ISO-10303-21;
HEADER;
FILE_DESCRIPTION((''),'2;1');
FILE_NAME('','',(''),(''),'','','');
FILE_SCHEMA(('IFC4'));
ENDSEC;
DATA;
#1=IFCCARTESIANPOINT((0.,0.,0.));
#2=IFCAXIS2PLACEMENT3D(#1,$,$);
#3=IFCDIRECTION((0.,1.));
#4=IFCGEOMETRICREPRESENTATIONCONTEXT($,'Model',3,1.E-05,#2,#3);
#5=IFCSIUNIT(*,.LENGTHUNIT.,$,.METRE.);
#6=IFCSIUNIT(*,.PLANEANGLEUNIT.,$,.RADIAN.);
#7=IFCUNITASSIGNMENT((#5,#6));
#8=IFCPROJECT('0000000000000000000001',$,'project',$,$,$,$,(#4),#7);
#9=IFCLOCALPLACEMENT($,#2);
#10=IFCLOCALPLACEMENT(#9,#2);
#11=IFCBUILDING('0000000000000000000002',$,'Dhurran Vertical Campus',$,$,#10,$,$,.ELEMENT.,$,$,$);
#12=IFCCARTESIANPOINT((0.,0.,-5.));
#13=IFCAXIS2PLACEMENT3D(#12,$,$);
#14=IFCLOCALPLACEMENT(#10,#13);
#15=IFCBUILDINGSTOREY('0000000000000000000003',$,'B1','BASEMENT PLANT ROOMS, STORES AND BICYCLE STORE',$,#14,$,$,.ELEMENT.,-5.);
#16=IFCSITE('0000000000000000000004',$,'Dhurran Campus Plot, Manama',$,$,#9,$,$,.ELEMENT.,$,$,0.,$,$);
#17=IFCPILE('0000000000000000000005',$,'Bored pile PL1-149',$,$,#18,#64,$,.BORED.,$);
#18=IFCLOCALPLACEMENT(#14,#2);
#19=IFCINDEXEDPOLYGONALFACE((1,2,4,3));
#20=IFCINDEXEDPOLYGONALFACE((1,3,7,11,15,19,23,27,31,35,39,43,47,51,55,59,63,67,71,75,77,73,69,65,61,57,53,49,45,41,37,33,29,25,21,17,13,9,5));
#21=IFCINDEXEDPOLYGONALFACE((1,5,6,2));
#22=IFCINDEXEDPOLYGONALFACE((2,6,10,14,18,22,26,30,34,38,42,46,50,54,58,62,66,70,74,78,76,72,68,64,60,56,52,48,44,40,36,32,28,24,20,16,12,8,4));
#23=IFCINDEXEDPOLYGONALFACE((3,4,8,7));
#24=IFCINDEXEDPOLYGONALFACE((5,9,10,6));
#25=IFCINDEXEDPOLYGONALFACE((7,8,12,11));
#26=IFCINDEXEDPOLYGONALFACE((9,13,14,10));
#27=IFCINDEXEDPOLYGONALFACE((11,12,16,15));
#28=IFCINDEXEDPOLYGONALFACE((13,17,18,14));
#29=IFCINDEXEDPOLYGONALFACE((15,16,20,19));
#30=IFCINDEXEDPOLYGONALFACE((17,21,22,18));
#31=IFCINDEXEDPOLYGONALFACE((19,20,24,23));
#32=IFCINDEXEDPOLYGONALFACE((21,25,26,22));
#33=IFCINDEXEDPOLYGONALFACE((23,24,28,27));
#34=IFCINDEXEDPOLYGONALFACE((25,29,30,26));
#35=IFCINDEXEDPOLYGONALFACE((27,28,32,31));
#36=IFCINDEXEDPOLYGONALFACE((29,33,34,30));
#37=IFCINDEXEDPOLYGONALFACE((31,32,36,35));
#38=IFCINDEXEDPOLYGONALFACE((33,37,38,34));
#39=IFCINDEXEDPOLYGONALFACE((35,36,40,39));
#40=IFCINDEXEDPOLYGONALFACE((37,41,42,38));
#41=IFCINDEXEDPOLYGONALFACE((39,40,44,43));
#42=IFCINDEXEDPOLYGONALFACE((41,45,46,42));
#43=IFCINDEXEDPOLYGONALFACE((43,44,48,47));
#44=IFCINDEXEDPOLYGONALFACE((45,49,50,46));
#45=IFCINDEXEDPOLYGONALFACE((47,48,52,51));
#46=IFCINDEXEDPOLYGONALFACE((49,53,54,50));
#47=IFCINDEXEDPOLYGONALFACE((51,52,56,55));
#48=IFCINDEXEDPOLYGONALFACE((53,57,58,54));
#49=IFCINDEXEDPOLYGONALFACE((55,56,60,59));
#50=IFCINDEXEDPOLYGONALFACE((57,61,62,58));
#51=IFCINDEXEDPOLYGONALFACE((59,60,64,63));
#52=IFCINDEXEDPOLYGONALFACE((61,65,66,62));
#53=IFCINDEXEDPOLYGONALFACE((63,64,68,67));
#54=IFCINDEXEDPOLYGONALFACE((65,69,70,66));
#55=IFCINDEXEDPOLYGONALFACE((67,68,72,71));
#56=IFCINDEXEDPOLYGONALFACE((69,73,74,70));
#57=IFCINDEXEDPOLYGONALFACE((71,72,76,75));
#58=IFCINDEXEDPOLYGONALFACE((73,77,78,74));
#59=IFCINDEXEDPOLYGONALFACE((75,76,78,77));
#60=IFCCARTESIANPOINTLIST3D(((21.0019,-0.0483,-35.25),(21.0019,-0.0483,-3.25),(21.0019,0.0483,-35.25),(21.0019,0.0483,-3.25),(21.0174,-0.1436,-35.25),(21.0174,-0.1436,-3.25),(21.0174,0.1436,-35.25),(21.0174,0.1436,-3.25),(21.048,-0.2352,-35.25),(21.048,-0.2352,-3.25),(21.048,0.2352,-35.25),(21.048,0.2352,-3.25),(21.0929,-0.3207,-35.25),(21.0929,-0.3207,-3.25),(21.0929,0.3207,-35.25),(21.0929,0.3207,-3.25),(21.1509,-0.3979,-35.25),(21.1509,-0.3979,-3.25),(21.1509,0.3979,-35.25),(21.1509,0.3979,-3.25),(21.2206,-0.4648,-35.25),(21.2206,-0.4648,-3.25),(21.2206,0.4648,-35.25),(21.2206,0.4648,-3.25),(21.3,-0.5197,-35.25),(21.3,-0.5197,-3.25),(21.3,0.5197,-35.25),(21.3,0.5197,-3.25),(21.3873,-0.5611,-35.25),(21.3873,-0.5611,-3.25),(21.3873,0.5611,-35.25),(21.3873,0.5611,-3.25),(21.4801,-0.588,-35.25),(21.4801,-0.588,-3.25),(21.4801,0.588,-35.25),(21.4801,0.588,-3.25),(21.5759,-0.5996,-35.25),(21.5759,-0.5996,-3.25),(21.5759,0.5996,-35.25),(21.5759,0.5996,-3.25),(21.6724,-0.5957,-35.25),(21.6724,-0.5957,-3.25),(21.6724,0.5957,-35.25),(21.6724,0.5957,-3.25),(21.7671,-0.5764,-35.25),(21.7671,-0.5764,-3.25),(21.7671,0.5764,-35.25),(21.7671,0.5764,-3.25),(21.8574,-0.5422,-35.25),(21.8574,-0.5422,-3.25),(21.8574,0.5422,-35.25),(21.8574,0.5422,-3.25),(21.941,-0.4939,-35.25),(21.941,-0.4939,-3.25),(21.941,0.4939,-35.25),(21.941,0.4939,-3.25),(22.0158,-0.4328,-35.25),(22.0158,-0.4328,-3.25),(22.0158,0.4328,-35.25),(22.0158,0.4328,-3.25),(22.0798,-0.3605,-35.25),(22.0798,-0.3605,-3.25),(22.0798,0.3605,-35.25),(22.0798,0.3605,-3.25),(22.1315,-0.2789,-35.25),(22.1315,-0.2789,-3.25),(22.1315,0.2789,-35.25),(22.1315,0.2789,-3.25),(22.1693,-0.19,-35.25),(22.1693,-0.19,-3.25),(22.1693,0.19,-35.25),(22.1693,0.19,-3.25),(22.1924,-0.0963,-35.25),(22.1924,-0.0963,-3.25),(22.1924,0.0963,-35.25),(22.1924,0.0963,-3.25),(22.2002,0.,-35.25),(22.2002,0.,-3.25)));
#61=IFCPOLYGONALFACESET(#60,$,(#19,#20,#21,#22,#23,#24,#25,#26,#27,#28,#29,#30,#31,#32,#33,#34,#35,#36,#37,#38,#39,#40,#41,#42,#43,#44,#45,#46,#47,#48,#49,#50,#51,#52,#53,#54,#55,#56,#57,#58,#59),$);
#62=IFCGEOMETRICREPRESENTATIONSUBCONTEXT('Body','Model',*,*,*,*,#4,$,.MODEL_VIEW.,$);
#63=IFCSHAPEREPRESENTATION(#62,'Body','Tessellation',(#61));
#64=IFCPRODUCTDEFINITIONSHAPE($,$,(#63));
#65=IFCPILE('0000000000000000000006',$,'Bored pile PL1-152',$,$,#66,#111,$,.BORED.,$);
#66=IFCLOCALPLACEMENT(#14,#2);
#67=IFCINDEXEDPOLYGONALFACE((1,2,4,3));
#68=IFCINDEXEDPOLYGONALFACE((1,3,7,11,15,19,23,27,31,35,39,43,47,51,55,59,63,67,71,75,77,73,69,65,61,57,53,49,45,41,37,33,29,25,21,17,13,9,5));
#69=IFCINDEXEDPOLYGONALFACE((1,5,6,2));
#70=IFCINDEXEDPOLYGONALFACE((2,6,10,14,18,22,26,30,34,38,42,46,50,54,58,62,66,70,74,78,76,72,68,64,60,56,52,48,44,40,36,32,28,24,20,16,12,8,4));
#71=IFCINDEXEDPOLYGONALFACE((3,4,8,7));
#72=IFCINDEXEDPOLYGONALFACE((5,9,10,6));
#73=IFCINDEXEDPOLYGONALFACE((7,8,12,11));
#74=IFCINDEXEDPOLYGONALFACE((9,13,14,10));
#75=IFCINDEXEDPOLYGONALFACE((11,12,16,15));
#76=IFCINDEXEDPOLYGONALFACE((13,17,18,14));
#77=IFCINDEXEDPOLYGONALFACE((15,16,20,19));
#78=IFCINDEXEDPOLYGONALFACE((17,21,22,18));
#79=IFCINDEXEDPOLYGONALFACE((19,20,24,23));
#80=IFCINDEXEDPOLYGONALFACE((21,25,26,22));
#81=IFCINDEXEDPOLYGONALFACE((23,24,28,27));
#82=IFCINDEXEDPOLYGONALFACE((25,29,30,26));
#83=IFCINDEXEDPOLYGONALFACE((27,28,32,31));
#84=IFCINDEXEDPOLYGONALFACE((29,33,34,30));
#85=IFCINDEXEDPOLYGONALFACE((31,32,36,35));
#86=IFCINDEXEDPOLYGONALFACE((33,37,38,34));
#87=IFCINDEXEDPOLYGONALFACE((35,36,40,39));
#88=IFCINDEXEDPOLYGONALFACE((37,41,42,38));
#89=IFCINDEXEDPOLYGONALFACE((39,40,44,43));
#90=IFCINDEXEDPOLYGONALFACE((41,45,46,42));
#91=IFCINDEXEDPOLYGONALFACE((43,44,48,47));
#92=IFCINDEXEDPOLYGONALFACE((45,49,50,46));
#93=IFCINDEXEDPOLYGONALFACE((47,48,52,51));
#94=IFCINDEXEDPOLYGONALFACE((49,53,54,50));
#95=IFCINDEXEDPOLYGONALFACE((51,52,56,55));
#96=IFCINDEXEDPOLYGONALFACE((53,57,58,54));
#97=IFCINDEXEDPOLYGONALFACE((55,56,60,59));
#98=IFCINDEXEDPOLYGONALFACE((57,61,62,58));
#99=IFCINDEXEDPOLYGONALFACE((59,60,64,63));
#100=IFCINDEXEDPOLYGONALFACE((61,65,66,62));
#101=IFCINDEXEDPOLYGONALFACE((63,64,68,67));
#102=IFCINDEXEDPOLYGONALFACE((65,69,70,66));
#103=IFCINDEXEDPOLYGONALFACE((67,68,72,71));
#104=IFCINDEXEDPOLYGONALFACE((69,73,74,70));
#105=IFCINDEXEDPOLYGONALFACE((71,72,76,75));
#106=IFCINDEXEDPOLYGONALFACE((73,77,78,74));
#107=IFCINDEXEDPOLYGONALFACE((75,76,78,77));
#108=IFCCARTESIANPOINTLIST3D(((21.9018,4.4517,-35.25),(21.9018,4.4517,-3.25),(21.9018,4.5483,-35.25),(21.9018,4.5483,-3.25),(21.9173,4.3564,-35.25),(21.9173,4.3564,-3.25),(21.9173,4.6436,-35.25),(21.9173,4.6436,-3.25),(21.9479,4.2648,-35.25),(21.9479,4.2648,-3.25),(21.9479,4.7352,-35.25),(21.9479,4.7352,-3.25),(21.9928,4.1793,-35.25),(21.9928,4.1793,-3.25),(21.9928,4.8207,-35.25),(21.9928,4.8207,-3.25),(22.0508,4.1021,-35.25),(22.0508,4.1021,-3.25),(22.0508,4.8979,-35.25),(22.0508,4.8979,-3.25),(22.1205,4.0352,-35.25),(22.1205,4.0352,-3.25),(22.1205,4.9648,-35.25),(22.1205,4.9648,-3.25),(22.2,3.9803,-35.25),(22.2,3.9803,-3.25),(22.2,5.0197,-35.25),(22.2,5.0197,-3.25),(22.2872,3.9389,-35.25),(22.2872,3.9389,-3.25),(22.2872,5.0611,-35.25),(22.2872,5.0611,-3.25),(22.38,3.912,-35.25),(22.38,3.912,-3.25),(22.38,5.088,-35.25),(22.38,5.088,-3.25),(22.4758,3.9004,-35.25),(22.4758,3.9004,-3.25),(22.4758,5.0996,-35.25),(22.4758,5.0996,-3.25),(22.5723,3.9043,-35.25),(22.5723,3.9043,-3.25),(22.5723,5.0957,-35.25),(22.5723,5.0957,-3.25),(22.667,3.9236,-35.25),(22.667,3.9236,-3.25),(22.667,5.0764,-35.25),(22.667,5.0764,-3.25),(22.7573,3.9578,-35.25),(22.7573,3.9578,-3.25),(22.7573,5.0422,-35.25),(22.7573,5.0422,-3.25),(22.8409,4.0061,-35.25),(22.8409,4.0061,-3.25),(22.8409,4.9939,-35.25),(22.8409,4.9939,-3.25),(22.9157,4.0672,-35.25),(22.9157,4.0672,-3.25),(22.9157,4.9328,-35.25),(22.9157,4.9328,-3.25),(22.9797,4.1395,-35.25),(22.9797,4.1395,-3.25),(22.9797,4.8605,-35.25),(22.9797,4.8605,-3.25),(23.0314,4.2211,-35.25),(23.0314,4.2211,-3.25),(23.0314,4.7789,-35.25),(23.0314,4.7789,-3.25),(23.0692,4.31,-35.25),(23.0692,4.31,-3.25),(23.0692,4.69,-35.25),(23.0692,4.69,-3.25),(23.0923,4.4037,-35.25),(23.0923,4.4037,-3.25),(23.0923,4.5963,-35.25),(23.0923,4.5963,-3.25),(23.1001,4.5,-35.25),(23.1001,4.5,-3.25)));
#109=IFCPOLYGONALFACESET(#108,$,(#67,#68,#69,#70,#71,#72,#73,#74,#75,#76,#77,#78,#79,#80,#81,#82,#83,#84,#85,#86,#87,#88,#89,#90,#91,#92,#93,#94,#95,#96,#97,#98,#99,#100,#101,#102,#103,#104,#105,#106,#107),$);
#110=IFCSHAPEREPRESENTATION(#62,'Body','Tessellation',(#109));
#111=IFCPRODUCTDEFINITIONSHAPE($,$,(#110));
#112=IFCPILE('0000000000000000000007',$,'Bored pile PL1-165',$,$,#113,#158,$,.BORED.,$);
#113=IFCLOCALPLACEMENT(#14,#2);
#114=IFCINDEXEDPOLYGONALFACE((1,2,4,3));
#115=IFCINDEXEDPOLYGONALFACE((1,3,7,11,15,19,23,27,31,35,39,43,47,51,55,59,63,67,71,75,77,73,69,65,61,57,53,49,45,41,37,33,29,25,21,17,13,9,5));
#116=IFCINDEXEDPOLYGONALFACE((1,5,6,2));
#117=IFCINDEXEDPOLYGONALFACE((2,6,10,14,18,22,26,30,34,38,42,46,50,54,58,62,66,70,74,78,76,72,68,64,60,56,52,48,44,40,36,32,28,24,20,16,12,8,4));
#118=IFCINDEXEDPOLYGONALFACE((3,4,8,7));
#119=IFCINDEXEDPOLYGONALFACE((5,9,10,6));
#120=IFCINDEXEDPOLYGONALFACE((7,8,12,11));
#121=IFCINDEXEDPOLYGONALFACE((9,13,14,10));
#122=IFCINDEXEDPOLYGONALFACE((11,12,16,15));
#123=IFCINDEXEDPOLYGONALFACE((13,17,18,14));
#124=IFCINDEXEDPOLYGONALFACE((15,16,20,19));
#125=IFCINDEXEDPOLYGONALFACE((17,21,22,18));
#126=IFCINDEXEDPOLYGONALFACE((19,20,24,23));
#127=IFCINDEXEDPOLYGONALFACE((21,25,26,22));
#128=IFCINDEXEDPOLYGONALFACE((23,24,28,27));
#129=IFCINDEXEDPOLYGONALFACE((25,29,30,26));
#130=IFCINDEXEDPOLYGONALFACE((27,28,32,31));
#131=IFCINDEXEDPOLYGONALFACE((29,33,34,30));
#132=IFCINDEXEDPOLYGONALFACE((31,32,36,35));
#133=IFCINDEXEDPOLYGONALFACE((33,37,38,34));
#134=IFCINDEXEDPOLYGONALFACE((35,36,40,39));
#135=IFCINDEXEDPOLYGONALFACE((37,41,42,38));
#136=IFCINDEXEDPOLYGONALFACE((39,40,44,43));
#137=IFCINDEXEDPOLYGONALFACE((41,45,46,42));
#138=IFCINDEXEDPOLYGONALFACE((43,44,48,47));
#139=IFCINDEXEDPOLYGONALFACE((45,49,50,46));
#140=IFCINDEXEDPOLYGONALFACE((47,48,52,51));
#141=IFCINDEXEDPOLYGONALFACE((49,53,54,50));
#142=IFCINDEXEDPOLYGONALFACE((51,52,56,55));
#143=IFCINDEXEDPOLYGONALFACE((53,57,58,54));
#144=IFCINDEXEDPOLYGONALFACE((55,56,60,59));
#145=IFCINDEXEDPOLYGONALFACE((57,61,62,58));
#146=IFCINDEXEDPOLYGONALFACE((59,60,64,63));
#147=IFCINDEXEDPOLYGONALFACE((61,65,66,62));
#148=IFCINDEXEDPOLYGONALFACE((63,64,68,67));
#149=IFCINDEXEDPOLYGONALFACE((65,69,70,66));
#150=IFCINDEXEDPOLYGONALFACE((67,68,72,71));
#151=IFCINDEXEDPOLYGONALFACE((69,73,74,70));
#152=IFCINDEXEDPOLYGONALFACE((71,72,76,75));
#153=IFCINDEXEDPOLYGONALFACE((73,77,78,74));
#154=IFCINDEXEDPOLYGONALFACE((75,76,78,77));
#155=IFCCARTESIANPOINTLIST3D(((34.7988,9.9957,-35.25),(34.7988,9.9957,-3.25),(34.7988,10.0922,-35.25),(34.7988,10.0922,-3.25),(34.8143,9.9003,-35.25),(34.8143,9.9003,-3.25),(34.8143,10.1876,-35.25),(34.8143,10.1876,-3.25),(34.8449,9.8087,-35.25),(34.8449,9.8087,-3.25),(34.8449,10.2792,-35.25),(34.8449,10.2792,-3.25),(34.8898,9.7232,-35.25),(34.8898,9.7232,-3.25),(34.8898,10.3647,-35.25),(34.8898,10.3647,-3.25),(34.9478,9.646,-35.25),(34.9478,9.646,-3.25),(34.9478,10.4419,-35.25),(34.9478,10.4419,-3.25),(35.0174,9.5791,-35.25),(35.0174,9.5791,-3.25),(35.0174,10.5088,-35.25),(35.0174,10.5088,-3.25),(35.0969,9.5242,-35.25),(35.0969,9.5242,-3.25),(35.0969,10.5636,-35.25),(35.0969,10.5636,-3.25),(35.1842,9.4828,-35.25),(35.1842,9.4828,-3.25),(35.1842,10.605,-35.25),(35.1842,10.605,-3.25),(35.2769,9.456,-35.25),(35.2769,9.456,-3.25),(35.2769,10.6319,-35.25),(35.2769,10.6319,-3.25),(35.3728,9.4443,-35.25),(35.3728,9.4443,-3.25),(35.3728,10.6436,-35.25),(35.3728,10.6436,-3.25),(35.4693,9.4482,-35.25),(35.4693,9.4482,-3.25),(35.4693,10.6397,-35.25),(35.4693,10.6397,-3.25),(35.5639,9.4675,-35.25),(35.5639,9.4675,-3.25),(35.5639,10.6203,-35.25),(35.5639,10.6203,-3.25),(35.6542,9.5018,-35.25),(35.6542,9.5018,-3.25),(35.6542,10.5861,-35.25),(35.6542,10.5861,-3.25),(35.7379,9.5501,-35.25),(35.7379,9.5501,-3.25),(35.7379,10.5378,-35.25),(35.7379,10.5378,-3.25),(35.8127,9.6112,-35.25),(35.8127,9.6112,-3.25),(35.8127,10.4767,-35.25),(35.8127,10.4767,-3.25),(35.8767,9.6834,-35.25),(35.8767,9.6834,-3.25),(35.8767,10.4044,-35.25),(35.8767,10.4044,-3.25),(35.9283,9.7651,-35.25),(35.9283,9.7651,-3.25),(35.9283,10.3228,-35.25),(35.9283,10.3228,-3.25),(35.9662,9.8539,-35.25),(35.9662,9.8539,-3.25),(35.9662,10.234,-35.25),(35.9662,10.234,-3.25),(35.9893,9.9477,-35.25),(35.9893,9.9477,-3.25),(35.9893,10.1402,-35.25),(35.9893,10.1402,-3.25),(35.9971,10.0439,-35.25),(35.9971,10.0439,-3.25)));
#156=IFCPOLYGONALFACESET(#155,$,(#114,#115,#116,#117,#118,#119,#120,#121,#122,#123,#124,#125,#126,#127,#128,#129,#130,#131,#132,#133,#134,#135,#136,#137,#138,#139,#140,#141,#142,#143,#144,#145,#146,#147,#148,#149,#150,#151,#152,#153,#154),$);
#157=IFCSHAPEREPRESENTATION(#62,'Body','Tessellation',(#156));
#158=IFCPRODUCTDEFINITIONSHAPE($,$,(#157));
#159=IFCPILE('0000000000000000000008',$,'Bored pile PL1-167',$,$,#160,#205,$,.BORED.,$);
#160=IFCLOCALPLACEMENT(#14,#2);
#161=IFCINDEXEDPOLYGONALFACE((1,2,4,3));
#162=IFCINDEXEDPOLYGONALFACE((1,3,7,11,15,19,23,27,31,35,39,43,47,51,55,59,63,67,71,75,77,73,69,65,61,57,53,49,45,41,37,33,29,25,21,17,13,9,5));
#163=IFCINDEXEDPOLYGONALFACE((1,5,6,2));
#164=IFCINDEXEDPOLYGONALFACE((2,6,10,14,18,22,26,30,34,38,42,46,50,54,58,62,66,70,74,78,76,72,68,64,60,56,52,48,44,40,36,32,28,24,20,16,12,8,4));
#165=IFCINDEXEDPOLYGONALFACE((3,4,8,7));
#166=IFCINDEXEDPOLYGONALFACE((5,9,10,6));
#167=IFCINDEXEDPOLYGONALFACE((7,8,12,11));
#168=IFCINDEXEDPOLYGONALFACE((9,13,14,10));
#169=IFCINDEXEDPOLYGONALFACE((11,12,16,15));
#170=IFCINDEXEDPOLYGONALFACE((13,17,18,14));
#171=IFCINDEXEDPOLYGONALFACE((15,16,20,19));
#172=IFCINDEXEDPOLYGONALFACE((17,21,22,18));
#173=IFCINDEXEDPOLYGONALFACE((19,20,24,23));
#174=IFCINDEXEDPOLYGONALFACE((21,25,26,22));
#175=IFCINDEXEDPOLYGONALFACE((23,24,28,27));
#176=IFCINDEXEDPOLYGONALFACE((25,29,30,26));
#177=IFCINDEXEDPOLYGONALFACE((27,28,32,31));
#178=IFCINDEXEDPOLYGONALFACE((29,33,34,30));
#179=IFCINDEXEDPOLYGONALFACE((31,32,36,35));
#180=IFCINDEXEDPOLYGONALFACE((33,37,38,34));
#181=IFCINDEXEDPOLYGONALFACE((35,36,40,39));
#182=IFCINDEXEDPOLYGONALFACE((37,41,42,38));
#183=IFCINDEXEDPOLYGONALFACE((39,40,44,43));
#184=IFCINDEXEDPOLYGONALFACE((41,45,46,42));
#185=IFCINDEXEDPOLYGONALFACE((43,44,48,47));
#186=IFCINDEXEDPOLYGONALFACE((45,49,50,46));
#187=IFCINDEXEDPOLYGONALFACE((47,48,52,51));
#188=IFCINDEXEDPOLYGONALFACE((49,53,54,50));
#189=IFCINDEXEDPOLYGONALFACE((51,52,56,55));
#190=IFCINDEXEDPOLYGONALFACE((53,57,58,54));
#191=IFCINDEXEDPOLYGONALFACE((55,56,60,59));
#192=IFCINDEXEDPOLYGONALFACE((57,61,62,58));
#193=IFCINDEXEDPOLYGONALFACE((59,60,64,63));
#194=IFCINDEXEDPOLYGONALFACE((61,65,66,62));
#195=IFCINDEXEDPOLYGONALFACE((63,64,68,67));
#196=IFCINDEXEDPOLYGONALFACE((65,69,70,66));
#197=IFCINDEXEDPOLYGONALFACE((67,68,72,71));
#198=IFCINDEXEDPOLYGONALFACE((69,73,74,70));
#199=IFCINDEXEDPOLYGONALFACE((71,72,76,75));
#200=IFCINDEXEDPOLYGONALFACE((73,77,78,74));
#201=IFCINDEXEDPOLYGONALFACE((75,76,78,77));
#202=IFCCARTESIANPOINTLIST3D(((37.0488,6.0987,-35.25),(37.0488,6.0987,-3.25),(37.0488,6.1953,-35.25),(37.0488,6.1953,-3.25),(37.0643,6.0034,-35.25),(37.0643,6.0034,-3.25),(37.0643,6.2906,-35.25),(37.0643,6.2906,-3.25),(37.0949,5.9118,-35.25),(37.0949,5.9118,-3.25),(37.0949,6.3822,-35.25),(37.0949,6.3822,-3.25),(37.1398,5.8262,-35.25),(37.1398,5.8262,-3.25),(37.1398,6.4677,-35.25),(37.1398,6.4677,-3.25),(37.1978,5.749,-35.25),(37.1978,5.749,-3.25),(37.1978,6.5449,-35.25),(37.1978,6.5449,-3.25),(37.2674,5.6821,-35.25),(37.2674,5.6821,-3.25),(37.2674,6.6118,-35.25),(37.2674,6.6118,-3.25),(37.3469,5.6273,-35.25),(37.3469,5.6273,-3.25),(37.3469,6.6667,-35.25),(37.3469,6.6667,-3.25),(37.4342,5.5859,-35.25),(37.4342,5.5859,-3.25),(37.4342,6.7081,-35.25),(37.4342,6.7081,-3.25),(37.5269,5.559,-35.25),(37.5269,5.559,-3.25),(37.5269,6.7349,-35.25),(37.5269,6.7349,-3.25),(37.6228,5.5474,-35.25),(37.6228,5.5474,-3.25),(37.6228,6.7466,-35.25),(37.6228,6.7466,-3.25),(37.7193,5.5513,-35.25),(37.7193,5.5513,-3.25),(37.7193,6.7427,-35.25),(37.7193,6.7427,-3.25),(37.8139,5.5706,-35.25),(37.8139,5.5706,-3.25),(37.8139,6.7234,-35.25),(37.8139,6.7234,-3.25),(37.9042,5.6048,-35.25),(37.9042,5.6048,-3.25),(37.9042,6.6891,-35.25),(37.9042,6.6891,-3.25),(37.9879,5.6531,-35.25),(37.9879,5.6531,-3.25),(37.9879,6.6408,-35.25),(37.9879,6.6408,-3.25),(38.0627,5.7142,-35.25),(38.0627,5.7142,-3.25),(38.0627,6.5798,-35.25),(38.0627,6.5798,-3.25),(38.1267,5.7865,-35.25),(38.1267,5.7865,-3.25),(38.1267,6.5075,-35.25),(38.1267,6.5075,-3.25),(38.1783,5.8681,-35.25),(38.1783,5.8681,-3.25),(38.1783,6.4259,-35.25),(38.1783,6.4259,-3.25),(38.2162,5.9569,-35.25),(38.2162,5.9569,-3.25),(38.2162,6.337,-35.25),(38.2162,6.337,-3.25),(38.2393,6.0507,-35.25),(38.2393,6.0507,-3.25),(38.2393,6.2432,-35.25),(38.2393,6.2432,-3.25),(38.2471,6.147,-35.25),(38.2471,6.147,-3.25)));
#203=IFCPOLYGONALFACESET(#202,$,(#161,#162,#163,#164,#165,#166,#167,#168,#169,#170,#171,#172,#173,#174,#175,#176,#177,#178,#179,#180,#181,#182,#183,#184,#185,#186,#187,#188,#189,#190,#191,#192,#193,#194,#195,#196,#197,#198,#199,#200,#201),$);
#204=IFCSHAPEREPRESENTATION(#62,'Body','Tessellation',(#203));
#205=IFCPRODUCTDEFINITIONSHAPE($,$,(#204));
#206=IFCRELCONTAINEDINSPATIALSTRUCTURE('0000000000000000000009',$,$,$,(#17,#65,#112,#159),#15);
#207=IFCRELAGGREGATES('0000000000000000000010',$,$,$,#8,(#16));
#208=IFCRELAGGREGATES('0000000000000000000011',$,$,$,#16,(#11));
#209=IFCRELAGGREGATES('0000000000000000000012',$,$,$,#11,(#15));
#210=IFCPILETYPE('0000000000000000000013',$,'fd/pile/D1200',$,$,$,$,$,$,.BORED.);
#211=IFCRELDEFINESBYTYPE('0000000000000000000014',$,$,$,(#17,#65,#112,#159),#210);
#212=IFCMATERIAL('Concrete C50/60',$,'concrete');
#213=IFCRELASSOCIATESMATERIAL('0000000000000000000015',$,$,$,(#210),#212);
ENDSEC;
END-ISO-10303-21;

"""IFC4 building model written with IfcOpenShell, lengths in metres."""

from ifc_helpers import new_model, si_unit, direction, frame, origin, origin_2d, place, context, subcontext, project, spatial, circle, extrude, material, material_profile, profile_set, type_object, element, save


model = new_model("IFC4")

# Units and contexts
model_context = context("Model", 3, precision=1e-05, world=origin(), true_north=direction((0.0, 1.0)))
body_context = subcontext(model_context, "Body", "Model", "MODEL_VIEW")
ifc_project = project(units=[si_unit("LENGTHUNIT", "METRE"), si_unit("PLANEANGLEUNIT", "RADIAN")], contexts=[model_context])

# Site, building, storey
site_placement = place(None, origin())
site = spatial("IfcSite", under=ifc_project, at=site_placement, Name="Dhurran Campus Plot, Manama", CompositionType="ELEMENT", RefElevation=0.0)
building_placement = place(site_placement, origin())
building = spatial("IfcBuilding", under=site, at=building_placement, Name="Dhurran Vertical Campus", CompositionType="ELEMENT")
storey_placement = place(building_placement, frame((0.0, 0.0, -5.0)))
storey = spatial("IfcBuildingStorey", under=building, at=storey_placement, Name="B1", Description="BASEMENT PLANT ROOMS, STORES AND BICYCLE STORE", CompositionType="ELEMENT", Elevation=-5.0)

# Piles
ifc_material_1 = material(Name="Concrete C50/60", Category="concrete")
ifc_material_profile_1 = material_profile(ifc_material_1, circle(Radius=0.6001, at=origin_2d()), Name="fd/pile/D1200")
ifc_profile_set_1 = profile_set([ifc_material_profile_1], Name="Concrete C50/60")
pile_type = type_object("IfcPileType", Name="fd/pile/D1200", PredefinedType="BORED", material=ifc_profile_set_1)
for number, where, z_axis, x_axis, name in (
    (1, (21.6001, 0.0, -3.25), (0.0, 0.0, -1.0), (1.0, 0.0, 0.0), "Bored pile PL1-149"),
    (2, (22.5, 4.5, -3.25), (0.0, 0.0, -1.0), (1.0, 0.0, 0.0), "Bored pile PL1-152"),
    (3, (35.397, 10.0439, -3.25), (0.0, 0.0, -1.0), (1.0, 0.0, 0.0), "Bored pile PL1-165"),
    (4, (37.647, 6.147, -3.25), (0.0, 0.0, -1.0), (1.0, 0.0, 0.0), "Bored pile PL1-167"),
):
    element("IfcPile", number, at=place(storey_placement, frame(where, z_axis=z_axis, x_axis=x_axis)), inside=storey, type_object=pile_type, Name=name, PredefinedType="BORED", context=body_context, shape_type="SweptSolid", body=[
        extrude(circle(Radius=0.6001, at=origin_2d()), origin(), (0.0, 0.0, 1.0), 32.0),
    ])

save(model, "model.ifc")
